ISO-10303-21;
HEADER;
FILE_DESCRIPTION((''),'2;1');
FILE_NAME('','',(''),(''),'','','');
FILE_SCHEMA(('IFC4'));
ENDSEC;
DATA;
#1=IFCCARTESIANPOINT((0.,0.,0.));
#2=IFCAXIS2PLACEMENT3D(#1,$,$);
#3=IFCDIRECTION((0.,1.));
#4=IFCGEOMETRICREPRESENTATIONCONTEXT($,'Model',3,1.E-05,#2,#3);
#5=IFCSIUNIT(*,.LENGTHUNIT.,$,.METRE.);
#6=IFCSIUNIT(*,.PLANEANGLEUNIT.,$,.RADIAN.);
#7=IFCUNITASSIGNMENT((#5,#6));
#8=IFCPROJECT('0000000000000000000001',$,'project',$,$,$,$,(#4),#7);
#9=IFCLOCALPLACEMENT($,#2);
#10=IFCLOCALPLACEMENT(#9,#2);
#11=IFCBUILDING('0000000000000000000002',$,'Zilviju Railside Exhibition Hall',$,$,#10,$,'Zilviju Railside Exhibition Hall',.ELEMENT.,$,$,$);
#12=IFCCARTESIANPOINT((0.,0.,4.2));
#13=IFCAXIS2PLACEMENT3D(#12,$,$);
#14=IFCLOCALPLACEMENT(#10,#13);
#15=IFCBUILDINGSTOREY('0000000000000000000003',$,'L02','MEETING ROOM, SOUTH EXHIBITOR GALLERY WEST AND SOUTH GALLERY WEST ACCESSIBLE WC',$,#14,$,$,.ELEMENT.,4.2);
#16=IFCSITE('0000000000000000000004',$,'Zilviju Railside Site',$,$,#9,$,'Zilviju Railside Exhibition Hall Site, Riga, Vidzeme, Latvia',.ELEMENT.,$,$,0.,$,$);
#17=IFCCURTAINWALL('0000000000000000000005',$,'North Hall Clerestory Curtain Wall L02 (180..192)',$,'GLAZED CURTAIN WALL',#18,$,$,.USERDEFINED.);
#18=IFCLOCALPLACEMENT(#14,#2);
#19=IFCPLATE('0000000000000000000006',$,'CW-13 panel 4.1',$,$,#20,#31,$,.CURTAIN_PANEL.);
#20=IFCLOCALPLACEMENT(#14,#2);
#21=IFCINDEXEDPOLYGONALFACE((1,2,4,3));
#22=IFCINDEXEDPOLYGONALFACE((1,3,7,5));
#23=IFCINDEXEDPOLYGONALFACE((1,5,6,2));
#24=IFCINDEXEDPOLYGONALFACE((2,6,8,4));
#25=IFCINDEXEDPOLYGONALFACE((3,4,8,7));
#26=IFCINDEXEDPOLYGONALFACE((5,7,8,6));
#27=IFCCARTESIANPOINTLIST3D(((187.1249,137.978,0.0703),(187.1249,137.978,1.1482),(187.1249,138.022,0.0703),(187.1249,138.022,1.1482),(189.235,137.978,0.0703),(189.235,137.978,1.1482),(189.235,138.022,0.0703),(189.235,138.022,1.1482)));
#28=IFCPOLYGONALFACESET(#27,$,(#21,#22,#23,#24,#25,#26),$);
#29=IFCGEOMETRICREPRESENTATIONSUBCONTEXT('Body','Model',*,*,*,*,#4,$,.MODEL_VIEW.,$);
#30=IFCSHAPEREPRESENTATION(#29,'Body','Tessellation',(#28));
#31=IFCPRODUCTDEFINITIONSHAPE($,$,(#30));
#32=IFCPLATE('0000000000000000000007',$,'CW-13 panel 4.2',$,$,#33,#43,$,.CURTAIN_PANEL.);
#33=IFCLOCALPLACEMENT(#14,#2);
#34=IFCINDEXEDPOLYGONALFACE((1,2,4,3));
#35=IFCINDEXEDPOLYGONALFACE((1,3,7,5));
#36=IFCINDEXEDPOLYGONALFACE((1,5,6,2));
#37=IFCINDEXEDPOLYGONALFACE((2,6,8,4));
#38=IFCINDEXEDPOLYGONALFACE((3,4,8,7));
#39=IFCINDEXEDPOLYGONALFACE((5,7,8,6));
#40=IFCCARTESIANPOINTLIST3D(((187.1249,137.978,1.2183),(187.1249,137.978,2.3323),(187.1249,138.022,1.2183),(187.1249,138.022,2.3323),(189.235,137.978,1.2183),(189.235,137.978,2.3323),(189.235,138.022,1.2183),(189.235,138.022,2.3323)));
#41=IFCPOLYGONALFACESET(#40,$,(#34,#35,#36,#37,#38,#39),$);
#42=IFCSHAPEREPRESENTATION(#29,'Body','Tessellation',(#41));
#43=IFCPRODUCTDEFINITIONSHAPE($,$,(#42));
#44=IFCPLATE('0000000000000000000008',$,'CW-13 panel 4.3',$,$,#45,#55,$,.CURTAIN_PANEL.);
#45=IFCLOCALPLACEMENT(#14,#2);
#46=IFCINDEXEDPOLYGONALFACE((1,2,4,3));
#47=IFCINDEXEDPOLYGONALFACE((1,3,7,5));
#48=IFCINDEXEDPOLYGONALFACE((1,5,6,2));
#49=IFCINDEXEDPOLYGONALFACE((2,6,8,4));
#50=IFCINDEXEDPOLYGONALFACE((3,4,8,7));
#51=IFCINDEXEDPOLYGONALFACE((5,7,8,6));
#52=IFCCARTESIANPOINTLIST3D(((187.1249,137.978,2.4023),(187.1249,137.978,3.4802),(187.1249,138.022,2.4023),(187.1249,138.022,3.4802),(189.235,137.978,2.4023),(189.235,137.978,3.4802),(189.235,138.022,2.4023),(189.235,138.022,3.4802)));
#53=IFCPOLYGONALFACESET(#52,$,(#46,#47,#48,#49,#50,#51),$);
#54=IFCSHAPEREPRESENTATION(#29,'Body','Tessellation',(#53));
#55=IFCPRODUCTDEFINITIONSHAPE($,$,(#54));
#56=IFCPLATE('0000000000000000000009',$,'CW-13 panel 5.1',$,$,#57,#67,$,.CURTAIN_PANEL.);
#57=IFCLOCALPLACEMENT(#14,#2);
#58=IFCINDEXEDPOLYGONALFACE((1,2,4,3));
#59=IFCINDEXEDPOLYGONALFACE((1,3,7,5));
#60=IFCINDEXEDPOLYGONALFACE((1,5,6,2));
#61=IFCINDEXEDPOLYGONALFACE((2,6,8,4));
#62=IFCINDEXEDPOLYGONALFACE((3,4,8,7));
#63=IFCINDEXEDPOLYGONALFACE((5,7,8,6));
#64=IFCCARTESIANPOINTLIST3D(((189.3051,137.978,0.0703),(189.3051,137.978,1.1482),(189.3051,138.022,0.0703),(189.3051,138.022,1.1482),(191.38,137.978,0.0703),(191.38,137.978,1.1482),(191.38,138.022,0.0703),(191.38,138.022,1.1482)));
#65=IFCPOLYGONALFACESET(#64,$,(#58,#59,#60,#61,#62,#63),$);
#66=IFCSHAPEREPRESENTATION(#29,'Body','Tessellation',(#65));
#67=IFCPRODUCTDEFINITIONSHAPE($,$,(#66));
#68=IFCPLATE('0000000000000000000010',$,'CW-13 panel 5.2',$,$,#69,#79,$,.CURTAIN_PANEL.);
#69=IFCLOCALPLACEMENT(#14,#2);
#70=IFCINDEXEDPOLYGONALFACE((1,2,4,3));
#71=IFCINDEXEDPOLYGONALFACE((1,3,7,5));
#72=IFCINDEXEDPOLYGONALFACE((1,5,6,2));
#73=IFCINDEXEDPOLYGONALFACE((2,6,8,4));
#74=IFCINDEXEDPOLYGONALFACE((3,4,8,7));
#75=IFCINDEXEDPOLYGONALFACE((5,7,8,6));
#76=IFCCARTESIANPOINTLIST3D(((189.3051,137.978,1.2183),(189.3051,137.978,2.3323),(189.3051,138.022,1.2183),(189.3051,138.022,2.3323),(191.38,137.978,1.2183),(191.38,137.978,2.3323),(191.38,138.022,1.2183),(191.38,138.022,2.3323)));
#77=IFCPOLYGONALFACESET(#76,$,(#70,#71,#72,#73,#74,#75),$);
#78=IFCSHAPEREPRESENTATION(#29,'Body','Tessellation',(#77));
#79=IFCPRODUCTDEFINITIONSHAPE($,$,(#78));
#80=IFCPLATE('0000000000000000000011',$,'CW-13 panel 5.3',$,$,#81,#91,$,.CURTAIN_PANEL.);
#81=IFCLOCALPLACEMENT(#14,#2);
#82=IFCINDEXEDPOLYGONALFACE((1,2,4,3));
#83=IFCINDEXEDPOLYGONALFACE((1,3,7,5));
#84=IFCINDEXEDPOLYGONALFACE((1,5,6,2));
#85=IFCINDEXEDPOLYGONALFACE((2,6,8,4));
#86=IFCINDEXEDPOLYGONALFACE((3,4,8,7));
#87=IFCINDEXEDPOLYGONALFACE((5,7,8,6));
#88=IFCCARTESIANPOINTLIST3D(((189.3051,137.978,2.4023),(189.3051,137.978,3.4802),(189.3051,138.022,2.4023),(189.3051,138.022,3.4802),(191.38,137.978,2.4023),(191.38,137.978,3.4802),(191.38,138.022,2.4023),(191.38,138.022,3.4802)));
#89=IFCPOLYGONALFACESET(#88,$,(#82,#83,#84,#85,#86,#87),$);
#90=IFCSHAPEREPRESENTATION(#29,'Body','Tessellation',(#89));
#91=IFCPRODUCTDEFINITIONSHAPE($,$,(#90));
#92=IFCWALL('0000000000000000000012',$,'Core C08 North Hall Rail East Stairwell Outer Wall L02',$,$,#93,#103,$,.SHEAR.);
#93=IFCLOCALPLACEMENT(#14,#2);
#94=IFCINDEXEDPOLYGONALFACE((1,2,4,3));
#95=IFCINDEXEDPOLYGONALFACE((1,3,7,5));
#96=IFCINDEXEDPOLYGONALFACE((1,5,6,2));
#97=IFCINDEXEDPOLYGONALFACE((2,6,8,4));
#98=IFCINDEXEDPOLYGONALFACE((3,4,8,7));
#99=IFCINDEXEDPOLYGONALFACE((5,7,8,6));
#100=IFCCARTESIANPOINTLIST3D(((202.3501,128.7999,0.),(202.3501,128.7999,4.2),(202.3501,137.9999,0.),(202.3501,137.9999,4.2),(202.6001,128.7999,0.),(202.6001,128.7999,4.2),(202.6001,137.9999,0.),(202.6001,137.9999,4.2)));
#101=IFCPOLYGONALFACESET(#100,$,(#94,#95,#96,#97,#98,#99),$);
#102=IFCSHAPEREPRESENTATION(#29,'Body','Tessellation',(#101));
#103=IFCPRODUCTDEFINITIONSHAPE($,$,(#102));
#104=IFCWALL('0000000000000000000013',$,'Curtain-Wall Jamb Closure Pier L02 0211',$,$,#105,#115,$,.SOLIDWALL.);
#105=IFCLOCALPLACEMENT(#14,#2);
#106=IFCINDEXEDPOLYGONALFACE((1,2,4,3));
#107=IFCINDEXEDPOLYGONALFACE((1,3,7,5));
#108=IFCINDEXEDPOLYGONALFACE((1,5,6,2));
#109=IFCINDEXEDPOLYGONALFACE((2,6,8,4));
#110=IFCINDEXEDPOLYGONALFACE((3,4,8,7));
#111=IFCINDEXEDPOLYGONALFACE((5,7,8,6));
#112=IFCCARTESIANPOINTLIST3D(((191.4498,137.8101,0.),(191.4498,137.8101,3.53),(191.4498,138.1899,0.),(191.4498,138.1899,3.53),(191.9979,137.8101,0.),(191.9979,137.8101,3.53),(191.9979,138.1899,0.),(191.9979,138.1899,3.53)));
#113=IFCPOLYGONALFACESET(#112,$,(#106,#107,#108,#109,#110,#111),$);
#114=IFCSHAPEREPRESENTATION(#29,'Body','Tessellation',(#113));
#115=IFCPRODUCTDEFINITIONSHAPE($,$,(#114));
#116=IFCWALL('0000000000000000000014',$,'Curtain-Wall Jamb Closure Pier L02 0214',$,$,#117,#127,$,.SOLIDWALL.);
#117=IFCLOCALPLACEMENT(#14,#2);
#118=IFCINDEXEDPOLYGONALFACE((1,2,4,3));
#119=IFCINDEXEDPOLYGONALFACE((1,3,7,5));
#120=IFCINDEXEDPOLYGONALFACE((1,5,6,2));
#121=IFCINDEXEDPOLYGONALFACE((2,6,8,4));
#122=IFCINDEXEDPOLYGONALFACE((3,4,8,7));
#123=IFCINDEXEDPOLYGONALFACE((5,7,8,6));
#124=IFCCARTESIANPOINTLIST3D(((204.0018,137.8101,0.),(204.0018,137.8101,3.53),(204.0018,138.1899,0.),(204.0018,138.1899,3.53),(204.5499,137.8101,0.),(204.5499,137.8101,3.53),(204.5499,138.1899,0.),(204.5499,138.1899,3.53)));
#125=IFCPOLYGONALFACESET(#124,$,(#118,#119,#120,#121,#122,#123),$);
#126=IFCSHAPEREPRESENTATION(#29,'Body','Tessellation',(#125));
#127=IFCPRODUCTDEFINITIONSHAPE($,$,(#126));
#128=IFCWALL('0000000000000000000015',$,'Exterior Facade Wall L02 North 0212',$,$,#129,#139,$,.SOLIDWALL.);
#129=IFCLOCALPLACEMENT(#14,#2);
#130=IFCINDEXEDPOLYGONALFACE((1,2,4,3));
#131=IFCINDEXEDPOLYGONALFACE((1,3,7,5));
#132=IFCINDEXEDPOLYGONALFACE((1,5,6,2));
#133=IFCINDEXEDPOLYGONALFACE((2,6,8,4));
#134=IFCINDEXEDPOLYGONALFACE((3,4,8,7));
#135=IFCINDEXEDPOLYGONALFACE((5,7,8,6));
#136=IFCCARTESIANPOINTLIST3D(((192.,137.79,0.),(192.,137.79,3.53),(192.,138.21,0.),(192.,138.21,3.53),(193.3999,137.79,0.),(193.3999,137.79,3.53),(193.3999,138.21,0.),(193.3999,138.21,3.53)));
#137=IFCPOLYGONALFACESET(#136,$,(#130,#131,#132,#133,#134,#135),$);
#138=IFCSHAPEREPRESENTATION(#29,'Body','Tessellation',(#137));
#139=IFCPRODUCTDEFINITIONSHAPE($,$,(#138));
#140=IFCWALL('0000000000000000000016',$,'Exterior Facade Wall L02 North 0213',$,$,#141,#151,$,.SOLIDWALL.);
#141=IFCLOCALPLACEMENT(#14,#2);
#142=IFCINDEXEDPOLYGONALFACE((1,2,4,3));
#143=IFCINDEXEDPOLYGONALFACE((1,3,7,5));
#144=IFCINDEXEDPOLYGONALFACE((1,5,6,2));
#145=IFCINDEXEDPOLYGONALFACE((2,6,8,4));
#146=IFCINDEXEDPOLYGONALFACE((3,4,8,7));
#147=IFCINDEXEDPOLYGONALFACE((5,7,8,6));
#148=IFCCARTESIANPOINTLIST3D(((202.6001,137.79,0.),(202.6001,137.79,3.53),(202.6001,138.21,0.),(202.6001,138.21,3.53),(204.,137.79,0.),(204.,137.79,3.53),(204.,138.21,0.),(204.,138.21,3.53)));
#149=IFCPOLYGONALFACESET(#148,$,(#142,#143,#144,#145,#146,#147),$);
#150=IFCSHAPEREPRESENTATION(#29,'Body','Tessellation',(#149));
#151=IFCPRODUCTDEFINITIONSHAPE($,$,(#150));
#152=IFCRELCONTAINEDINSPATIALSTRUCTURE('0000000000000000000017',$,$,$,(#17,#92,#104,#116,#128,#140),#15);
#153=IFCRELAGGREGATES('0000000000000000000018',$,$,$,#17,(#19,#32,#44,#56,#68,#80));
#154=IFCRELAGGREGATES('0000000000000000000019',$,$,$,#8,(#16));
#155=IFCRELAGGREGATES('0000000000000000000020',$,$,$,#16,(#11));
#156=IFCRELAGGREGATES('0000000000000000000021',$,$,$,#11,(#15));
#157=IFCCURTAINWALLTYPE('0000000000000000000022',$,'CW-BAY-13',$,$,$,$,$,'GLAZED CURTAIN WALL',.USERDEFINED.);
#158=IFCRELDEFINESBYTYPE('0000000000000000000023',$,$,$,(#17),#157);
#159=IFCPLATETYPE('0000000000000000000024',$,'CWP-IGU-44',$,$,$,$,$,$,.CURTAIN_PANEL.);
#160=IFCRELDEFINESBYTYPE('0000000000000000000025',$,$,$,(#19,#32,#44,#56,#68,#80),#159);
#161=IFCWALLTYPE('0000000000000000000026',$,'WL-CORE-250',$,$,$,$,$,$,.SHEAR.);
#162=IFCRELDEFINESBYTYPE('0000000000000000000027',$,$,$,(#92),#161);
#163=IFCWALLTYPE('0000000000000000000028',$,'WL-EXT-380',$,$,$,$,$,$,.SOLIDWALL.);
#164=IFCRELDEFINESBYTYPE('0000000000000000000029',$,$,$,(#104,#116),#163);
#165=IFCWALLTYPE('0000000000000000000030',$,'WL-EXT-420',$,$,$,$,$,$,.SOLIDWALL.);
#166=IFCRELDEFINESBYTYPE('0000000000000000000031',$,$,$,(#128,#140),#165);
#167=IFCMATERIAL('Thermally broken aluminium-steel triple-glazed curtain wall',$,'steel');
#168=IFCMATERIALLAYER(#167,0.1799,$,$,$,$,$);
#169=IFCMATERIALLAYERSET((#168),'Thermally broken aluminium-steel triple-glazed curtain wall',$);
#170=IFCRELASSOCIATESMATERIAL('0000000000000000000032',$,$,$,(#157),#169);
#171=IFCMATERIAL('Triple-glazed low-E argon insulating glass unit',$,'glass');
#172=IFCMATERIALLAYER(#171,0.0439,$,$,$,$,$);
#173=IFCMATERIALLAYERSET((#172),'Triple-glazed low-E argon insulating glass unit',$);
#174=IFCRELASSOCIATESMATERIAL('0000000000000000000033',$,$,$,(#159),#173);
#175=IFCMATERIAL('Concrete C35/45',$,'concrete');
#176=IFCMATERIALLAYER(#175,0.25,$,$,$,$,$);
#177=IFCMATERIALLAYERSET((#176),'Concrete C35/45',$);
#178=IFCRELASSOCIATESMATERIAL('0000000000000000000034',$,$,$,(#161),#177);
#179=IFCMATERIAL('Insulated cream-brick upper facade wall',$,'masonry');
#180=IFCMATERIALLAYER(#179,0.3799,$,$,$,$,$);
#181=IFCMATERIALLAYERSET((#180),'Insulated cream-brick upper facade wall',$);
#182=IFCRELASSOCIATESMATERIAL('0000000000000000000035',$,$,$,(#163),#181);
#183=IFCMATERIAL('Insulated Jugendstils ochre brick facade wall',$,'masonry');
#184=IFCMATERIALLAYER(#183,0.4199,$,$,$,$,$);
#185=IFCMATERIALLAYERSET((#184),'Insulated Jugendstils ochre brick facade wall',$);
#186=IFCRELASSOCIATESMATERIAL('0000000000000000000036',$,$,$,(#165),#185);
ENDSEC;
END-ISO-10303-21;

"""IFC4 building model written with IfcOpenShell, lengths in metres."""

from ifc_helpers import new_model, si_unit, direction, frame, frame_2d, origin, origin_2d, place, context, subcontext, project, spatial, rectangle, extrude, material, layer, layer_set, type_object, element, aggregate, save


model = new_model("IFC4")

# Units and contexts
model_context = context("Model", 3, precision=1e-05, world=origin(), true_north=direction((0.0, 1.0)))
body_context = subcontext(model_context, "Body", "Model", "MODEL_VIEW")
ifc_project = project(units=[si_unit("LENGTHUNIT", "METRE"), si_unit("PLANEANGLEUNIT", "RADIAN")], contexts=[model_context])

# Site, building, storey
site_placement = place(None, origin())
site = spatial("IfcSite", under=ifc_project, at=site_placement, Name="Zilviju Railside Site", LongName="Zilviju Railside Exhibition Hall Site, Riga, Vidzeme, Latvia", CompositionType="ELEMENT", RefElevation=0.0)
building_placement = place(site_placement, origin())
building = spatial("IfcBuilding", under=site, at=building_placement, Name="Zilviju Railside Exhibition Hall", LongName="Zilviju Railside Exhibition Hall", CompositionType="ELEMENT")
storey_placement = place(building_placement, frame((0.0, 0.0, 4.2)))
storey = spatial("IfcBuildingStorey", under=building, at=storey_placement, Name="L02", Description="MEETING ROOM, SOUTH EXHIBITOR GALLERY WEST AND SOUTH GALLERY WEST ACCESSIBLE WC", CompositionType="ELEMENT", Elevation=4.2)

# Curtain wall, plates
ifc_material_1 = material(Name="Thermally broken aluminium-steel triple-glazed curtain wall", Category="steel")
ifc_layer_1 = layer(ifc_material_1, 0.1799)
ifc_layer_set_1 = layer_set([ifc_layer_1], Name="Thermally broken aluminium-steel triple-glazed curtain wall")
curtain_wall_type = type_object("IfcCurtainWallType", Name="CW-BAY-13", ElementType="GLAZED CURTAIN WALL", PredefinedType="USERDEFINED", material=ifc_layer_set_1)
curtain_wall_placement = place(storey_placement, origin())
curtain_wall = element("IfcCurtainWall", 1, at=curtain_wall_placement, inside=storey, type_object=curtain_wall_type, Name="North Hall Clerestory Curtain Wall L02 (180..192)", ObjectType="GLAZED CURTAIN WALL", PredefinedType="USERDEFINED")
ifc_material_2 = material(Name="Triple-glazed low-E argon insulating glass unit", Category="glass")
ifc_layer_2 = layer(ifc_material_2, 0.0439)
ifc_layer_set_2 = layer_set([ifc_layer_2], Name="Triple-glazed low-E argon insulating glass unit")
plate_type = type_object("IfcPlateType", Name="CWP-IGU-44", PredefinedType="CURTAIN_PANEL", material=ifc_layer_set_2)
plate_1_placement = place(storey_placement, frame((188.1799, 138.0, 0.0703), z_axis=(0.0, 0.0, 1.0), x_axis=(1.0, 0.0, 0.0)))
plate_1 = element("IfcPlate", 2, at=plate_1_placement, type_object=plate_type, Name="CW-13 panel 4.1", PredefinedType="CURTAIN_PANEL", context=body_context, shape_type="SweptSolid", body=[
    extrude(rectangle(XDim=2.1101, YDim=0.0439, at=origin_2d()), origin(), (0.0, 0.0, 1.0), 1.0779),
])
plate_2_placement = place(storey_placement, frame((188.1799, 138.0, 1.2183), z_axis=(0.0, 0.0, 1.0), x_axis=(1.0, 0.0, 0.0)))
plate_2 = element("IfcPlate", 3, at=plate_2_placement, type_object=plate_type, Name="CW-13 panel 4.2", PredefinedType="CURTAIN_PANEL", context=body_context, shape_type="SweptSolid", body=[
    extrude(rectangle(XDim=2.1101, YDim=0.0439, at=origin_2d()), origin(), (0.0, 0.0, 1.0), 1.114),
])
plate_3_placement = place(storey_placement, frame((188.1799, 138.0, 2.4023), z_axis=(0.0, 0.0, 1.0), x_axis=(1.0, 0.0, 0.0)))
plate_3 = element("IfcPlate", 4, at=plate_3_placement, type_object=plate_type, Name="CW-13 panel 4.3", PredefinedType="CURTAIN_PANEL", context=body_context, shape_type="SweptSolid", body=[
    extrude(rectangle(XDim=2.1101, YDim=0.0439, at=origin_2d()), origin(), (0.0, 0.0, 1.0), 1.0779),
])
plate_4_placement = place(storey_placement, frame((190.3425, 138.0, 0.0703), z_axis=(0.0, 0.0, 1.0), x_axis=(1.0, 0.0, 0.0)))
plate_4 = element("IfcPlate", 5, at=plate_4_placement, type_object=plate_type, Name="CW-13 panel 5.1", PredefinedType="CURTAIN_PANEL", context=body_context, shape_type="SweptSolid", body=[
    extrude(rectangle(XDim=2.075, YDim=0.0439, at=origin_2d()), origin(), (0.0, 0.0, 1.0), 1.0779),
])
plate_5_placement = place(storey_placement, frame((190.3425, 138.0, 1.2183), z_axis=(0.0, 0.0, 1.0), x_axis=(1.0, 0.0, 0.0)))
plate_5 = element("IfcPlate", 6, at=plate_5_placement, type_object=plate_type, Name="CW-13 panel 5.2", PredefinedType="CURTAIN_PANEL", context=body_context, shape_type="SweptSolid", body=[
    extrude(rectangle(XDim=2.075, YDim=0.0439, at=origin_2d()), origin(), (0.0, 0.0, 1.0), 1.114),
])
plate_6_placement = place(storey_placement, frame((190.3425, 138.0, 2.4023), z_axis=(0.0, 0.0, 1.0), x_axis=(1.0, 0.0, 0.0)))
plate_6 = element("IfcPlate", 7, at=plate_6_placement, type_object=plate_type, Name="CW-13 panel 5.3", PredefinedType="CURTAIN_PANEL", context=body_context, shape_type="SweptSolid", body=[
    extrude(rectangle(XDim=2.075, YDim=0.0439, at=origin_2d()), origin(), (0.0, 0.0, 1.0), 1.0779),
])
aggregate(curtain_wall, [plate_1, plate_2, plate_3, plate_4, plate_5, plate_6])

# Wall
ifc_material_3 = material(Name="Concrete C35/45", Category="concrete")
ifc_layer_3 = layer(ifc_material_3, 0.25)
ifc_layer_set_3 = layer_set([ifc_layer_3], Name="Concrete C35/45")
wall_type_1 = type_object("IfcWallType", Name="WL-CORE-250", PredefinedType="SHEAR", material=ifc_layer_set_3)
wall_1_placement = place(storey_placement, frame((202.4751, 138.0, 0.0), z_axis=(0.0, 0.0, 1.0), x_axis=(0.0, -1.0, 0.0)))
element("IfcWall", 8, at=wall_1_placement, inside=storey, type_object=wall_type_1, Name="Core C08 North Hall Rail East Stairwell Outer Wall L02", PredefinedType="SHEAR", context=body_context, shape_type="SweptSolid", body=[
    extrude(rectangle(XDim=9.2, YDim=0.25, at=frame_2d((4.6001, 0.0))), origin(), (0.0, 0.0, 1.0), 4.2),
])

# Walls
ifc_material_4 = material(Name="Insulated cream-brick upper facade wall", Category="masonry")
ifc_layer_4 = layer(ifc_material_4, 0.3799)
ifc_layer_set_4 = layer_set([ifc_layer_4], Name="Insulated cream-brick upper facade wall")
wall_type_2 = type_object("IfcWallType", Name="WL-EXT-380", PredefinedType="SOLIDWALL", material=ifc_layer_set_4)
for number, where, z_axis, x_axis, name in (
    (9, (191.45, 138.0, 0.0), (0.0, 0.0, 1.0), (1.0, 0.0, 0.0), "Curtain-Wall Jamb Closure Pier L02 0211"),
    (10, (204.002, 138.0, 0.0), (0.0, 0.0, 1.0), (1.0, 0.0, 0.0), "Curtain-Wall Jamb Closure Pier L02 0214"),
):
    element("IfcWall", number, at=place(storey_placement, frame(where, z_axis=z_axis, x_axis=x_axis)), inside=storey, type_object=wall_type_2, Name=name, PredefinedType="SOLIDWALL", context=body_context, shape_type="SweptSolid", body=[
        extrude(rectangle(XDim=0.5481, YDim=0.3799, at=frame_2d((0.2739, 0.0))), origin(), (0.0, 0.0, 1.0), 3.53),
    ])
ifc_material_5 = material(Name="Insulated Jugendstils ochre brick facade wall", Category="masonry")
ifc_layer_5 = layer(ifc_material_5, 0.4199)
ifc_layer_set_5 = layer_set([ifc_layer_5], Name="Insulated Jugendstils ochre brick facade wall")
wall_type_3 = type_object("IfcWallType", Name="WL-EXT-420", PredefinedType="SOLIDWALL", material=ifc_layer_set_5)
for number, where, z_axis, x_axis, name in (
    (11, (192.0, 138.0, 0.0), (0.0, 0.0, 1.0), (1.0, 0.0, 0.0), "Exterior Facade Wall L02 North 0212"),
    (12, (202.6001, 138.0, 0.0), (0.0, 0.0, 1.0), (1.0, 0.0, 0.0), "Exterior Facade Wall L02 North 0213"),
):
    element("IfcWall", number, at=place(storey_placement, frame(where, z_axis=z_axis, x_axis=x_axis)), inside=storey, type_object=wall_type_3, Name=name, PredefinedType="SOLIDWALL", context=body_context, shape_type="SweptSolid", body=[
        extrude(rectangle(XDim=1.3999, YDim=0.4199, at=frame_2d((0.7, 0.0))), origin(), (0.0, 0.0, 1.0), 3.53),
    ])

save(model, "model.ifc")
